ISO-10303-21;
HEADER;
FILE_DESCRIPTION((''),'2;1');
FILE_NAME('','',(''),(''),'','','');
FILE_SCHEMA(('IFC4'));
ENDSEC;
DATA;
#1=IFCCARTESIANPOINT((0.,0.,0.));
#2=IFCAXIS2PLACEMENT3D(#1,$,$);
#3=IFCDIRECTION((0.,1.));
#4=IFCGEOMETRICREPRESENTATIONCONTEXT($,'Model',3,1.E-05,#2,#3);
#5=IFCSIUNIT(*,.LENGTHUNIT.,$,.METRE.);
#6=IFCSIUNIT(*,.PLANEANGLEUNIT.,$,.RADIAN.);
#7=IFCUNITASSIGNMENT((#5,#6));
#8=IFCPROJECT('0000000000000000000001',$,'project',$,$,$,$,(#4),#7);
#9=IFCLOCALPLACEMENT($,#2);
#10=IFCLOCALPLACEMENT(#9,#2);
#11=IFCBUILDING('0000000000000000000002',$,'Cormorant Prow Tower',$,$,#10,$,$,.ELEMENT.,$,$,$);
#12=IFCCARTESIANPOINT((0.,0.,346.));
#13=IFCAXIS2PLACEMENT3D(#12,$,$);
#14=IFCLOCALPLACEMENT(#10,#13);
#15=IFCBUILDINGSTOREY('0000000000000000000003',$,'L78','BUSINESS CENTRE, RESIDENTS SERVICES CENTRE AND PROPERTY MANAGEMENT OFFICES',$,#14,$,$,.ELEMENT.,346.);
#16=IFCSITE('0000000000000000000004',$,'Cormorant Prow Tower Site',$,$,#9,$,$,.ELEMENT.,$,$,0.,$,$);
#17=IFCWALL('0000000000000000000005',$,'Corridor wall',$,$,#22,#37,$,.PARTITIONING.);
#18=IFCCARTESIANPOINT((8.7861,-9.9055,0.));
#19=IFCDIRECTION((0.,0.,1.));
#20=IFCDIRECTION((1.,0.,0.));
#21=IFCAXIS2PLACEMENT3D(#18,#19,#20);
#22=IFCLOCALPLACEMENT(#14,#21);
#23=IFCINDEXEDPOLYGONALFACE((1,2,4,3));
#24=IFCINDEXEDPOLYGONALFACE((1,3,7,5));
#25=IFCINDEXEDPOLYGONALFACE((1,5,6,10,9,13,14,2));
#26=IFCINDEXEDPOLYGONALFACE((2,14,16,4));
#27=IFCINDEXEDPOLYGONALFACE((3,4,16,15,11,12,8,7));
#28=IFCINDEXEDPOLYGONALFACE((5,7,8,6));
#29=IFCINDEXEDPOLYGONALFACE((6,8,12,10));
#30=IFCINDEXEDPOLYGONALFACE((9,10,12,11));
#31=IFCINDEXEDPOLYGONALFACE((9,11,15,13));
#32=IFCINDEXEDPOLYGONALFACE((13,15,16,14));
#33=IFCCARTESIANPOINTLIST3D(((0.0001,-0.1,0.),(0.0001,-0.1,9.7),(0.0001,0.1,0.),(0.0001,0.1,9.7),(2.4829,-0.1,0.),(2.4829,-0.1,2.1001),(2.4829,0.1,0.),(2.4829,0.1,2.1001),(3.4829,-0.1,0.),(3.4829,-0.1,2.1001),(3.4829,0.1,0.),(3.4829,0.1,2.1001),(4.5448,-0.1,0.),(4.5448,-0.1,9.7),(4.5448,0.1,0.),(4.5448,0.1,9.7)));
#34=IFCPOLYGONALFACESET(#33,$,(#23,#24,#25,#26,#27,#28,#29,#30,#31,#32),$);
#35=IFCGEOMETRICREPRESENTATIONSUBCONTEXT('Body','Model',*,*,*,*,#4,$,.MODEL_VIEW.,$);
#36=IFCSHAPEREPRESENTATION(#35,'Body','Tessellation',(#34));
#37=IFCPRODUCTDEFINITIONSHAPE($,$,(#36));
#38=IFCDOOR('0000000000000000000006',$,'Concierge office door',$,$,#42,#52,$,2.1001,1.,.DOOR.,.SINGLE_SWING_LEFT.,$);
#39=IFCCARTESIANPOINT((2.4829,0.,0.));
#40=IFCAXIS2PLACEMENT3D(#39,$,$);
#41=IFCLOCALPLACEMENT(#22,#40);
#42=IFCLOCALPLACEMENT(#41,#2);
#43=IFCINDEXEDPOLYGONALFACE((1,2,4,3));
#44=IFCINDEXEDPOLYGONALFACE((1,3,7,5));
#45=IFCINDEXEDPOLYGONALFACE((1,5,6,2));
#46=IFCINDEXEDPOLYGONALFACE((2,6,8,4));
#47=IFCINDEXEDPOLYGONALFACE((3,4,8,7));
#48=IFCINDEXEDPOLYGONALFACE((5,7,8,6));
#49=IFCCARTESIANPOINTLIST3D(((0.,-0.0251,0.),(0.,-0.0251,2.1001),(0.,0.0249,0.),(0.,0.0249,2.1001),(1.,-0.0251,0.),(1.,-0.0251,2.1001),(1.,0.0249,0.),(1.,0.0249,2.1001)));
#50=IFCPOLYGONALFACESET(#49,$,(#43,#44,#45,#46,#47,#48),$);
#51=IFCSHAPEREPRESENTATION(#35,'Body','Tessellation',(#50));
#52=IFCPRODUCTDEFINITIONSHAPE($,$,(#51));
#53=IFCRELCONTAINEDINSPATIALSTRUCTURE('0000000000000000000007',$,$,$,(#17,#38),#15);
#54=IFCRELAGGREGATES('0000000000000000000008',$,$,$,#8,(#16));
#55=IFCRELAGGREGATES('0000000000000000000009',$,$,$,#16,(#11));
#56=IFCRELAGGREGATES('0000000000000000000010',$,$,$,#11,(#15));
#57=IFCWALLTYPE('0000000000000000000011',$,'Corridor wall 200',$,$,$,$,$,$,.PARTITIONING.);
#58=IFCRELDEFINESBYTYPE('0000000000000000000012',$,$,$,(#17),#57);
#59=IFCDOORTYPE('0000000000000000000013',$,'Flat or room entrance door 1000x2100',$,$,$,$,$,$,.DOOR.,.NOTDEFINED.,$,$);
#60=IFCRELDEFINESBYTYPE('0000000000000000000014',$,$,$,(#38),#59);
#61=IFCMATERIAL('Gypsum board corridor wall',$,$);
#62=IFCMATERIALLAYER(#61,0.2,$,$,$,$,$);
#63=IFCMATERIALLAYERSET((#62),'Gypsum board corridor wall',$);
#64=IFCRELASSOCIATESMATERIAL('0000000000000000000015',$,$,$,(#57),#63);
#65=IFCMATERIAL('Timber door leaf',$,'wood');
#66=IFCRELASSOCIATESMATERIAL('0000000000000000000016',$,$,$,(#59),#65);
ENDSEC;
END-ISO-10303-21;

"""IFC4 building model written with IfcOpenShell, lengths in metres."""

from ifc_helpers import new_model, si_unit, direction, frame, frame_2d, origin, place, context, subcontext, project, spatial, rectangle, extrude, material, layer, layer_set, type_object, element, fill, save


model = new_model("IFC4")

# Units and contexts
model_context = context("Model", 3, precision=1e-05, world=origin(), true_north=direction((0.0, 1.0)))
body_context = subcontext(model_context, "Body", "Model", "MODEL_VIEW")
ifc_project = project(units=[si_unit("LENGTHUNIT", "METRE"), si_unit("PLANEANGLEUNIT", "RADIAN")], contexts=[model_context])

# Site, building, storey
site_placement = place(None, origin())
site = spatial("IfcSite", under=ifc_project, at=site_placement, Name="Cormorant Prow Tower Site", CompositionType="ELEMENT", RefElevation=0.0)
building_placement = place(site_placement, origin())
building = spatial("IfcBuilding", under=site, at=building_placement, Name="Cormorant Prow Tower", CompositionType="ELEMENT")
storey_placement = place(building_placement, frame((0.0, 0.0, 346.0)))
storey = spatial("IfcBuildingStorey", under=building, at=storey_placement, Name="L78", Description="BUSINESS CENTRE, RESIDENTS SERVICES CENTRE AND PROPERTY MANAGEMENT OFFICES", CompositionType="ELEMENT", Elevation=346.0)

# Wall, opening, door
ifc_material_1 = material(Name="Gypsum board corridor wall")
ifc_layer_1 = layer(ifc_material_1, 0.2)
ifc_layer_set_1 = layer_set([ifc_layer_1], Name="Gypsum board corridor wall")
wall_type_1 = type_object("IfcWallType", Name="Corridor wall 200", PredefinedType="PARTITIONING", material=ifc_layer_set_1)
wall_1_placement = place(storey_placement, frame((8.7861, -9.9055, 0.0), z_axis=(0.0, 0.0, 1.0), x_axis=(1.0, 0.0, 0.0)))
wall_1 = element("IfcWall", 1, at=wall_1_placement, inside=storey, type_object=wall_type_1, Name="Corridor wall", PredefinedType="PARTITIONING", context=body_context, shape_type="SweptSolid", body=[
    extrude(rectangle(XDim=4.5447, YDim=0.2, at=frame_2d((2.2725, 0.0))), origin(), (0.0, 0.0, 1.0), 9.7),
])
opening_1_placement = place(wall_1_placement, frame((2.4829, 0.0, 0.0)))
opening_1 = element("IfcOpeningElement", 2, at=opening_1_placement, cuts=wall_1, PredefinedType="OPENING", context=body_context, shape_type="SweptSolid", body=[
    extrude(rectangle(XDim=1.0, YDim=2.1001, at=frame_2d((0.5, 1.05))), frame((0.0, 0.1099, 0.0), z_axis=(0.0, -1.0, 0.0), x_axis=(1.0, 0.0, 0.0)), (0.0, 0.0, 1.0), 0.22),
])
ifc_material_2 = material(Name="Timber door leaf", Category="wood")
door_type_1 = type_object("IfcDoorType", Name="Flat or room entrance door 1000x2100", OperationType="NOTDEFINED", PredefinedType="DOOR", material=ifc_material_2)
door_1_placement = place(opening_1_placement, origin())
door_1 = element("IfcDoor", 3, at=door_1_placement, inside=storey, type_object=door_type_1, Name="Concierge office door", OperationType="SINGLE_SWING_LEFT", OverallHeight=2.1001, OverallWidth=1.0, PredefinedType="DOOR", context=body_context, shape_type="SweptSolid", body=[
    extrude(rectangle(XDim=1.0, YDim=2.1001, at=frame_2d((0.5, 1.05))), frame((0.0, 0.0249, 0.0), z_axis=(0.0, -1.0, 0.0), x_axis=(1.0, 0.0, 0.0)), (0.0, 0.0, 1.0), 0.05),
])
fill(opening_1, door_1)

save(model, "model.ifc")
